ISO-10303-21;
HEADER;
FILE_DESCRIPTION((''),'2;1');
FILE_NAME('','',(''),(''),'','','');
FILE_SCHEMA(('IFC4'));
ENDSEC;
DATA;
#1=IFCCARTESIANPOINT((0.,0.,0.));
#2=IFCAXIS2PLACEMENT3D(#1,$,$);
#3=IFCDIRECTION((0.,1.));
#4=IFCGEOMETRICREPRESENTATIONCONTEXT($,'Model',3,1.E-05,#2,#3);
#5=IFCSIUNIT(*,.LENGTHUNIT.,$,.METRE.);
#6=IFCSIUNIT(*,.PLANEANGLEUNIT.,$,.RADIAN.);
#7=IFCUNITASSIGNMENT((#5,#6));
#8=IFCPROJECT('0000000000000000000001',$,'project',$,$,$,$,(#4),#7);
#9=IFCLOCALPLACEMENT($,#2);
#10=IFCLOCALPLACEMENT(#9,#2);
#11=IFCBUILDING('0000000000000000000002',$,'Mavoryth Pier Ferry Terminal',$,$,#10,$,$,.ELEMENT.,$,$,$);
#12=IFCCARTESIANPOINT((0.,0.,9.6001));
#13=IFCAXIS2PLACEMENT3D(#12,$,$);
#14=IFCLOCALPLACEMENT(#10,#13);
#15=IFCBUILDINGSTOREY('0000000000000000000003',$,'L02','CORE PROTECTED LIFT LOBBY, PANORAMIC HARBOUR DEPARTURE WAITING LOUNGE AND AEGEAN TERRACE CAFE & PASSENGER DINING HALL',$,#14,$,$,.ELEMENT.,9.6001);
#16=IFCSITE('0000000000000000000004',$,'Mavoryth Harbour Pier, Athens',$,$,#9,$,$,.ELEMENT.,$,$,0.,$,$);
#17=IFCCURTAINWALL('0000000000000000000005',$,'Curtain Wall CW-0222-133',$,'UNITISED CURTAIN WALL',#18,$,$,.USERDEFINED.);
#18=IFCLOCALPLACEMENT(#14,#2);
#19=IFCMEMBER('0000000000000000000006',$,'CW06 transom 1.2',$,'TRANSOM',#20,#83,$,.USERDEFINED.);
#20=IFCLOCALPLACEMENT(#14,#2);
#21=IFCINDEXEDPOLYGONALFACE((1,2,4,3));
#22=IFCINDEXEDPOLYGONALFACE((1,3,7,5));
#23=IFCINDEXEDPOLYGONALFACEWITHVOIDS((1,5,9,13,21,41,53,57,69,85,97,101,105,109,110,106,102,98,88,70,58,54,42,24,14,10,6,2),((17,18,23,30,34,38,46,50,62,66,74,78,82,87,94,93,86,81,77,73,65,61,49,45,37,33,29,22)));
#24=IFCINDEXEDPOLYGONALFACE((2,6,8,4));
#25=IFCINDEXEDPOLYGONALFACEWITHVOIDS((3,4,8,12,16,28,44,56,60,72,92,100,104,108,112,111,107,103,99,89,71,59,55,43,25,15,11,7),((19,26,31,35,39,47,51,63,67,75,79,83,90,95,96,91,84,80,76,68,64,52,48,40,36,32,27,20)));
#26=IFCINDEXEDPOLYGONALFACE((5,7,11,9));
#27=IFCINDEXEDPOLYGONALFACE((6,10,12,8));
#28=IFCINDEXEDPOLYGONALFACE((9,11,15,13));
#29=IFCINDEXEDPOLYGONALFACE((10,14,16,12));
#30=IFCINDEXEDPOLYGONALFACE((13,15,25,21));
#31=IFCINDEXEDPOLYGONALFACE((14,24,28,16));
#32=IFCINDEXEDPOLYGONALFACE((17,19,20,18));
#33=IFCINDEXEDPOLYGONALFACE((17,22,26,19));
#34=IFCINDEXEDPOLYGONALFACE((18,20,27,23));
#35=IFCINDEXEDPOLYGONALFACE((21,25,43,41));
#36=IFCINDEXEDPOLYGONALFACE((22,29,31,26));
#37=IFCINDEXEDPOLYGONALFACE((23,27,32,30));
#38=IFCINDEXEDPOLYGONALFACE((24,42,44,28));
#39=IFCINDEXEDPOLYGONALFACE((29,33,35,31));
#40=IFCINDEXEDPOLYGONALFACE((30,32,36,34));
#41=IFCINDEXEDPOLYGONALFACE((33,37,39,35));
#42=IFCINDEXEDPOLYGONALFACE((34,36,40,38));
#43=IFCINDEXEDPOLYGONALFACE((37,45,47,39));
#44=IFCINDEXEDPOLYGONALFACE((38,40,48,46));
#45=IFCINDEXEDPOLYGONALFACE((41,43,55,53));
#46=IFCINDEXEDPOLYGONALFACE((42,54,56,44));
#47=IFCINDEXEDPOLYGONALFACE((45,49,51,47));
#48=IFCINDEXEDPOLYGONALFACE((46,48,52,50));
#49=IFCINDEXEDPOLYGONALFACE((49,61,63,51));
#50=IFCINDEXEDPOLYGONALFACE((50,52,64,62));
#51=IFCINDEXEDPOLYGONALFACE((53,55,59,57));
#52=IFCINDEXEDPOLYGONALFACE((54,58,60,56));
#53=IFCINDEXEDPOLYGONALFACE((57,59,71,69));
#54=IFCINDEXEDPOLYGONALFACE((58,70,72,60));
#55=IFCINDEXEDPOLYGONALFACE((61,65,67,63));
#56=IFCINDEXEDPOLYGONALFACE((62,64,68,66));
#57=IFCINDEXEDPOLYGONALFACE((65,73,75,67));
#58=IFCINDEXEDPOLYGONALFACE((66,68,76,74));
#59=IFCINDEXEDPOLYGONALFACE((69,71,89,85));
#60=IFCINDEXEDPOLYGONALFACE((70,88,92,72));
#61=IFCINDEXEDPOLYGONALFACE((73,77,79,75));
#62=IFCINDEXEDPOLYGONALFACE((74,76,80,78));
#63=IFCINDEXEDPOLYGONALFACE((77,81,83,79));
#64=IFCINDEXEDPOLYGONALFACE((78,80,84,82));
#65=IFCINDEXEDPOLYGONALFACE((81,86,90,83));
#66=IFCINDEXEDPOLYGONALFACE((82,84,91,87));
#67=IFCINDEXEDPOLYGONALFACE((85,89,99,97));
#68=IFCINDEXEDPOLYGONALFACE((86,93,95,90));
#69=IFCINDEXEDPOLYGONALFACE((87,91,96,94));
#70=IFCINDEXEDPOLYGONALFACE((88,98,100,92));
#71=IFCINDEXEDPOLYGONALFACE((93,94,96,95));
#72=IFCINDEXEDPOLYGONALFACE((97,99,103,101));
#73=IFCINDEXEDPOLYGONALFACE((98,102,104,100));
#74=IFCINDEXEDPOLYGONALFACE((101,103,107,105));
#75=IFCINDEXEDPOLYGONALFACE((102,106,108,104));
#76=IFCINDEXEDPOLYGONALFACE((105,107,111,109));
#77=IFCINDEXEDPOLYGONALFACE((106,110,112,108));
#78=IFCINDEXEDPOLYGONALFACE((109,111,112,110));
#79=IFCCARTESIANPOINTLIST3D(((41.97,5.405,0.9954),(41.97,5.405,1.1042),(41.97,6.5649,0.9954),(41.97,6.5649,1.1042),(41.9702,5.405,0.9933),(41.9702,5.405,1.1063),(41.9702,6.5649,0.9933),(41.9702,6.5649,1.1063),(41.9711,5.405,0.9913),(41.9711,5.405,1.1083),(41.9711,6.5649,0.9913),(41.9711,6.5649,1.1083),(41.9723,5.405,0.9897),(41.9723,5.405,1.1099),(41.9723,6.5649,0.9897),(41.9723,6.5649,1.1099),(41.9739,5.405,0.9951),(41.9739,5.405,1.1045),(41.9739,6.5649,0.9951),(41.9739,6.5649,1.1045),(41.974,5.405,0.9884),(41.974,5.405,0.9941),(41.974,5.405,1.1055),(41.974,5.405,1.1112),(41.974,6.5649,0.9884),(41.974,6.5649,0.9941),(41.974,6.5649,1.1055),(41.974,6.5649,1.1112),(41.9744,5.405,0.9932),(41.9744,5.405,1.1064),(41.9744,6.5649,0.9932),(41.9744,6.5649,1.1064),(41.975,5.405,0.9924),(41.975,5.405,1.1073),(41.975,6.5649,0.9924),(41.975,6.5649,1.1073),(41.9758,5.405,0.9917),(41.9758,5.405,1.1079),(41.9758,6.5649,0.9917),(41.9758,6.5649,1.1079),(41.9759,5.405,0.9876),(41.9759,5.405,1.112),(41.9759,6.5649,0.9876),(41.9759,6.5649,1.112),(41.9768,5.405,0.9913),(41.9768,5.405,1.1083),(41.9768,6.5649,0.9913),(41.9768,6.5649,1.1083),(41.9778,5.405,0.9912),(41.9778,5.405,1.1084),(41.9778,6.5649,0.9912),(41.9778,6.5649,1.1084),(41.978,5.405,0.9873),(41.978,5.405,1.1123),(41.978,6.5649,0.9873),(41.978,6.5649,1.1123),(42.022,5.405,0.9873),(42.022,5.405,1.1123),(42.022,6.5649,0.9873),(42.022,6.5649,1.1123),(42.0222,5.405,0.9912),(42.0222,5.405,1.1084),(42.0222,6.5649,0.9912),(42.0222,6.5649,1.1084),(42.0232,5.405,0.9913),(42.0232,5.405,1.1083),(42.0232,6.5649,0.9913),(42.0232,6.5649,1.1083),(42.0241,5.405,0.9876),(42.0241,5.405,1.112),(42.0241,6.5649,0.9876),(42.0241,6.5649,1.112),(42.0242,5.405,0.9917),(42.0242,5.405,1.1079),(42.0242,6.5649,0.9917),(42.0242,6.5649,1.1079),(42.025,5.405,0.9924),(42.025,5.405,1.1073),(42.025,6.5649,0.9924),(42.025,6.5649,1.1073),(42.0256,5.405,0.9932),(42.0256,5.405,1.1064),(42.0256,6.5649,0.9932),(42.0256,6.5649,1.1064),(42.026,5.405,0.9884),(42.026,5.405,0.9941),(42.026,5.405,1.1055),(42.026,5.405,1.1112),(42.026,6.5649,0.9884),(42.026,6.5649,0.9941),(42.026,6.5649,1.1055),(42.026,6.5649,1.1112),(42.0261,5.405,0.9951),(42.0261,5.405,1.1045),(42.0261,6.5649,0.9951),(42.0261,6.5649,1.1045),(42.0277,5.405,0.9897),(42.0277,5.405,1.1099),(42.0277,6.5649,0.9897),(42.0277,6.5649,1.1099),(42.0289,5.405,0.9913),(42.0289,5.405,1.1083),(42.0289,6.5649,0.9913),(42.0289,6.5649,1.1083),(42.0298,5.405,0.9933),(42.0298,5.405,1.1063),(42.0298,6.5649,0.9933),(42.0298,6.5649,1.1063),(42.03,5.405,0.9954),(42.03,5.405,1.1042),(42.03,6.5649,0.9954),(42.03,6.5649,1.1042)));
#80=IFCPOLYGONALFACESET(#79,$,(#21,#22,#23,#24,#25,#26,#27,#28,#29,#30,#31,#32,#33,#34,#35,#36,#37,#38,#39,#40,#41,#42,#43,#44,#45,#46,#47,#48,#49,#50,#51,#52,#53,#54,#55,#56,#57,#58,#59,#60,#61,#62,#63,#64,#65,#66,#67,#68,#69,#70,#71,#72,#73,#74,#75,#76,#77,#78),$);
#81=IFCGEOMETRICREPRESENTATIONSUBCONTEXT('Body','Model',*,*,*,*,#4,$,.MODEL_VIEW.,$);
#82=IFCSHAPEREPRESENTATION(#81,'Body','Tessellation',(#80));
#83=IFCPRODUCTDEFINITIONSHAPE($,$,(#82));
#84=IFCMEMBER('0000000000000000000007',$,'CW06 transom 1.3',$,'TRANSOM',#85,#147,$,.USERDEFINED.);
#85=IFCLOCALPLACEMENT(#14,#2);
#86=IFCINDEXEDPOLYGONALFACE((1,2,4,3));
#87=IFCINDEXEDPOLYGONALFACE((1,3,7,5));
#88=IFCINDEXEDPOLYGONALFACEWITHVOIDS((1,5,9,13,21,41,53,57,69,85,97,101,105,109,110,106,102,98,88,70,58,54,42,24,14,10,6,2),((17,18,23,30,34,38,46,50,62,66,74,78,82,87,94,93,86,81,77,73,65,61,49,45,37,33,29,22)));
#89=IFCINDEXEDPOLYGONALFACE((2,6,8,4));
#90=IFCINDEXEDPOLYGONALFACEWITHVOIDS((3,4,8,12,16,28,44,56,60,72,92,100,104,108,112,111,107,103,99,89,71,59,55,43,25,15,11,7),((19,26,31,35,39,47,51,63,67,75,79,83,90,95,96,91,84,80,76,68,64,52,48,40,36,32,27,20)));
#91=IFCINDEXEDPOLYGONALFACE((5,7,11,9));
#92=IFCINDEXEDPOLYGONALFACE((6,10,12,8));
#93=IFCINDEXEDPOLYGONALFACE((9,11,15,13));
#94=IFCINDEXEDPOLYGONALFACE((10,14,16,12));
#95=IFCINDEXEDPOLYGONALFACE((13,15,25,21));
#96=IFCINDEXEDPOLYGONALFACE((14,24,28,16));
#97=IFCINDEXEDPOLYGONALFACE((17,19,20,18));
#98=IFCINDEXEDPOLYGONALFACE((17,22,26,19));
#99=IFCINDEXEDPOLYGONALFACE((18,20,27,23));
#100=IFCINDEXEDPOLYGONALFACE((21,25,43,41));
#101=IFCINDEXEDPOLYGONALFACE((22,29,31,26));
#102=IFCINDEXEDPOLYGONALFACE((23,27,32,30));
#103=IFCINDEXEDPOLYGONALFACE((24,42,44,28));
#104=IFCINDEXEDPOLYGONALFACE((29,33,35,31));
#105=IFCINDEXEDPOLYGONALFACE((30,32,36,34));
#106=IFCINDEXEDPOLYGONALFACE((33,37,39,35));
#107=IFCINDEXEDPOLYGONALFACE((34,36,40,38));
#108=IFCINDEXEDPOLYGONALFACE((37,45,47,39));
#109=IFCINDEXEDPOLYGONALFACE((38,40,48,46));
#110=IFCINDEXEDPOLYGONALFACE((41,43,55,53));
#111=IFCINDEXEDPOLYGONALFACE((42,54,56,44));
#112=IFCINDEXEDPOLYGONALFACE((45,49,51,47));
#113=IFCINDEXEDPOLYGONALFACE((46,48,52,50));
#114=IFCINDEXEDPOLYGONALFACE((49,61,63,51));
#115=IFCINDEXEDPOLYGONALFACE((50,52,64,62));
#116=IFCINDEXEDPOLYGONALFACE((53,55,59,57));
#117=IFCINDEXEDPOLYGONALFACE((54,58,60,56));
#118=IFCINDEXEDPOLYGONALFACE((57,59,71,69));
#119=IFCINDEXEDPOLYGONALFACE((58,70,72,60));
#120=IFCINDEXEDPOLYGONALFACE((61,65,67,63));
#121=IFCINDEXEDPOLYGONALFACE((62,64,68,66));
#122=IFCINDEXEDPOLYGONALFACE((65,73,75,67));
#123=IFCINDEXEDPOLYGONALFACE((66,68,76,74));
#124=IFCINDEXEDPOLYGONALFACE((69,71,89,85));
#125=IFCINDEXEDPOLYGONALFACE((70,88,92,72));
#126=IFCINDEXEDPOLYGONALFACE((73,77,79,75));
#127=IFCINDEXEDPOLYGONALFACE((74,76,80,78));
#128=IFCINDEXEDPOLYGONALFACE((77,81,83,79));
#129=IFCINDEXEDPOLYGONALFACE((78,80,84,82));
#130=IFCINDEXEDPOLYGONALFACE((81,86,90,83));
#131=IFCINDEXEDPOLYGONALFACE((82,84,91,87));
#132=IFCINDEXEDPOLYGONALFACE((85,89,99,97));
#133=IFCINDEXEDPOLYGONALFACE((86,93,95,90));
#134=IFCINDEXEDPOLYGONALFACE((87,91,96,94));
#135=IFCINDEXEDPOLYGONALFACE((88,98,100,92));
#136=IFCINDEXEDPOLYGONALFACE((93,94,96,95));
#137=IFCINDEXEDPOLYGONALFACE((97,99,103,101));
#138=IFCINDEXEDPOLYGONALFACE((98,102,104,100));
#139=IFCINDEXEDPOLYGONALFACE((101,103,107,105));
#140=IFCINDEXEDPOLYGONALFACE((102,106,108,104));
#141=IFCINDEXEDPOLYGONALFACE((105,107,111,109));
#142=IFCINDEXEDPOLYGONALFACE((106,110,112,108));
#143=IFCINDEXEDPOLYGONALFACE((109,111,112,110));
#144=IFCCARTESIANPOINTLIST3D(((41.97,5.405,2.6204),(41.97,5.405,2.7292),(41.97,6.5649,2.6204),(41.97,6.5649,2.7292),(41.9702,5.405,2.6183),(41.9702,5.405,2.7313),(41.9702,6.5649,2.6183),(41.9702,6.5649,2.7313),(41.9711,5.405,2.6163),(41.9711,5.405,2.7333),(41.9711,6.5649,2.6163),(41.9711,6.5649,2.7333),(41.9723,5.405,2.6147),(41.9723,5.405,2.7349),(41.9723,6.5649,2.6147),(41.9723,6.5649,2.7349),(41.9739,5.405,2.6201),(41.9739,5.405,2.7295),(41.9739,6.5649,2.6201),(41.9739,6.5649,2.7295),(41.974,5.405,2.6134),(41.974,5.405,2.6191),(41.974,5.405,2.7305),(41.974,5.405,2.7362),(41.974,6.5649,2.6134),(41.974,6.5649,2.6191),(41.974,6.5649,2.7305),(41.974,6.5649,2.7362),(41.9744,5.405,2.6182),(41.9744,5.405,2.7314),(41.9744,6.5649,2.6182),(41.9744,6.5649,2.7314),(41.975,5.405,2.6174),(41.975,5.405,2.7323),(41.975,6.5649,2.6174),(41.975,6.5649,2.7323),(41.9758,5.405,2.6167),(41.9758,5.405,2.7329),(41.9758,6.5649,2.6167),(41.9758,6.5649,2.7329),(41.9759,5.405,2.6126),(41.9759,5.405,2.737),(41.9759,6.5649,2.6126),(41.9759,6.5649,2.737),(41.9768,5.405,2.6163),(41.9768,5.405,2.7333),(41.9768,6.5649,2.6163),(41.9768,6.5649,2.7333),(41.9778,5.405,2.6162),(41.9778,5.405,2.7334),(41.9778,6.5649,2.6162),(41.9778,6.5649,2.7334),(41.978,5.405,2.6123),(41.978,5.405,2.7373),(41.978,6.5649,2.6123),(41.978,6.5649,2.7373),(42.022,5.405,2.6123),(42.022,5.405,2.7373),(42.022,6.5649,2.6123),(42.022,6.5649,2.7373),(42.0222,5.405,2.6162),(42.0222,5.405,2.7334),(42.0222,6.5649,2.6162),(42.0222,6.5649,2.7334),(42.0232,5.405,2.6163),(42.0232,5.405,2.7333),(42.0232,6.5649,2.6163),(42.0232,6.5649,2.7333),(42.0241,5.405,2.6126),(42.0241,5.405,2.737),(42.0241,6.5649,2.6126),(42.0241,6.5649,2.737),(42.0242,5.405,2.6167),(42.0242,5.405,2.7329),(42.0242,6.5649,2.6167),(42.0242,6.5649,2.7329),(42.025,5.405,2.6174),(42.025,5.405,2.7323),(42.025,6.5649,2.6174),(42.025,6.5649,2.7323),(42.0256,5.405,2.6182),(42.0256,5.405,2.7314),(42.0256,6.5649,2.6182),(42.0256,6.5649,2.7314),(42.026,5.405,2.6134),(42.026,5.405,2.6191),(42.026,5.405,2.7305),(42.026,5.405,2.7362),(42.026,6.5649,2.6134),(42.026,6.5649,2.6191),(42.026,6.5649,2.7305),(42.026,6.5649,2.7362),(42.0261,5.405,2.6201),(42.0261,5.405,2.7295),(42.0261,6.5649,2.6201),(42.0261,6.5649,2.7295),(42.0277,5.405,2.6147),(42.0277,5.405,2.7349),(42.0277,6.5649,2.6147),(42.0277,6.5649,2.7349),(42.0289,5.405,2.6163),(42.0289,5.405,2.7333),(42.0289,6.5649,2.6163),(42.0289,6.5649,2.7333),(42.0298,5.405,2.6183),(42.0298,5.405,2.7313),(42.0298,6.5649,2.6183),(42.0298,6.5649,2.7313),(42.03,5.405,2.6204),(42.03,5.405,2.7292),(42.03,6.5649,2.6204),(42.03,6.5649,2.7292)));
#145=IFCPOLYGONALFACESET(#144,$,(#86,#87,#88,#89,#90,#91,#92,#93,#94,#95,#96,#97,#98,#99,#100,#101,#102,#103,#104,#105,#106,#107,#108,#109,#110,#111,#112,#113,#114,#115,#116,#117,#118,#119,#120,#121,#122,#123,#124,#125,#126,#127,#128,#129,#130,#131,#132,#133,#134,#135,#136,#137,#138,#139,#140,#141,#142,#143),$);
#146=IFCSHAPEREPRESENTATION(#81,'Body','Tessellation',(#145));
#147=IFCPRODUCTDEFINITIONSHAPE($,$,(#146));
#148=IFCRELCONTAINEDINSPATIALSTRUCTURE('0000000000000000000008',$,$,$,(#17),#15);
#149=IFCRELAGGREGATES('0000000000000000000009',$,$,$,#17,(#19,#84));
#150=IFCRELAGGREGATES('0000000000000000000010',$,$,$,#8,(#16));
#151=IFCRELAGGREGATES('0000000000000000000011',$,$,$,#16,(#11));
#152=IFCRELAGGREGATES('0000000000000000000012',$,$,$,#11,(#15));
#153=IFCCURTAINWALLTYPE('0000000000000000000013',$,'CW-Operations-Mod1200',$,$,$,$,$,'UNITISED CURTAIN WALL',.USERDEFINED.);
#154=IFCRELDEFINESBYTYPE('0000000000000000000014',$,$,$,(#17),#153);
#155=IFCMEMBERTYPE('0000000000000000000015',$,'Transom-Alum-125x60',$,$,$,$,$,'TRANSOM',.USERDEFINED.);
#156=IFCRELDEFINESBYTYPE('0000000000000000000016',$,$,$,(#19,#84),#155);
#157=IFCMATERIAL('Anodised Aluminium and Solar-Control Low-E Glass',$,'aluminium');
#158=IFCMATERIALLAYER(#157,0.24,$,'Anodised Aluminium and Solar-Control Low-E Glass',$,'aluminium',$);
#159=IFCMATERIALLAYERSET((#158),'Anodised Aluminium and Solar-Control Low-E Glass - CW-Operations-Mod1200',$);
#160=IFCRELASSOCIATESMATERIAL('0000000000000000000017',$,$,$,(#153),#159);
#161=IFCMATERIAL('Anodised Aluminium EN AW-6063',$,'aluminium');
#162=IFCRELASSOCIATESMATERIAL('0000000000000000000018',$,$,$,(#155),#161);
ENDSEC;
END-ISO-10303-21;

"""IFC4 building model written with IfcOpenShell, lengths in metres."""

from ifc_helpers import new_model, si_unit, direction, frame, origin, origin_2d, place, context, subcontext, project, spatial, hollow_rectangle, extrude, material, layer, layer_set, material_profile, profile_set, type_object, element, aggregate, save


model = new_model("IFC4")

# Units and contexts
model_context = context("Model", 3, precision=1e-05, world=origin(), true_north=direction((0.0, 1.0)))
body_context = subcontext(model_context, "Body", "Model", "MODEL_VIEW")
ifc_project = project(units=[si_unit("LENGTHUNIT", "METRE"), si_unit("PLANEANGLEUNIT", "RADIAN")], contexts=[model_context])

# Site, building, storey
site_placement = place(None, origin())
site = spatial("IfcSite", under=ifc_project, at=site_placement, Name="Mavoryth Harbour Pier, Athens", CompositionType="ELEMENT", RefElevation=0.0)
building_placement = place(site_placement, origin())
building = spatial("IfcBuilding", under=site, at=building_placement, Name="Mavoryth Pier Ferry Terminal", CompositionType="ELEMENT")
storey_placement = place(building_placement, frame((0.0, 0.0, 9.6001)))
storey = spatial("IfcBuildingStorey", under=building, at=storey_placement, Name="L02", Description="CORE PROTECTED LIFT LOBBY, PANORAMIC HARBOUR DEPARTURE WAITING LOUNGE AND AEGEAN TERRACE CAFE & PASSENGER DINING HALL", CompositionType="ELEMENT", Elevation=9.6001)

# Curtain wall
ifc_material_1 = material(Name="Anodised Aluminium and Solar-Control Low-E Glass", Category="aluminium")
ifc_layer_1 = layer(ifc_material_1, 0.24, Name="Anodised Aluminium and Solar-Control Low-E Glass", Category="aluminium")
ifc_layer_set_1 = layer_set([ifc_layer_1], Name="Anodised Aluminium and Solar-Control Low-E Glass - CW-Operations-Mod1200")
curtain_wall_type = type_object("IfcCurtainWallType", Name="CW-Operations-Mod1200", ElementType="UNITISED CURTAIN WALL", PredefinedType="USERDEFINED", material=ifc_layer_set_1)
curtain_wall_1_placement = place(storey_placement, origin())
curtain_wall_1 = element("IfcCurtainWall", 1, at=curtain_wall_1_placement, inside=storey, type_object=curtain_wall_type, Name="Curtain Wall CW-0222-133", ObjectType="UNITISED CURTAIN WALL", PredefinedType="USERDEFINED")
ifc_material_2 = material(Name="Anodised Aluminium EN AW-6063", Category="aluminium")

# Members
ifc_material_profile_1 = material_profile(ifc_material_2, hollow_rectangle(XDim=0.0601, YDim=0.125, WallThickness=0.0039, InnerFilletRadius=0.0039, OuterFilletRadius=0.0081, at=origin_2d()), Name="AL-TRAN 125x60x4", Category="aluminium")
ifc_profile_set_1 = profile_set([ifc_material_profile_1], Name="Anodised Aluminium EN AW-6063 - AL-TRAN 125x60x4")
member_type_1 = type_object("IfcMemberType", Name="Transom-Alum-125x60", ElementType="TRANSOM", PredefinedType="USERDEFINED", material=ifc_profile_set_1)
member_1_placement = place(storey_placement, frame((42.0, 6.5649, 1.0498), z_axis=(0.0, -1.0, 0.0), x_axis=(1.0, 0.0, 0.0)))
member_1 = element("IfcMember", 2, at=member_1_placement, type_object=member_type_1, Name="CW06 transom 1.2", ObjectType="TRANSOM", PredefinedType="USERDEFINED", context=body_context, shape_type="SweptSolid", body=[
    extrude(hollow_rectangle(XDim=0.0601, YDim=0.125, WallThickness=0.0039, InnerFilletRadius=0.0039, OuterFilletRadius=0.0081, at=origin_2d()), origin(), (0.0, 0.0, 1.0), 1.1599),
])
member_2_placement = place(storey_placement, frame((42.0, 6.5649, 2.6748), z_axis=(0.0, -1.0, 0.0), x_axis=(1.0, 0.0, 0.0)))
member_2 = element("IfcMember", 3, at=member_2_placement, type_object=member_type_1, Name="CW06 transom 1.3", ObjectType="TRANSOM", PredefinedType="USERDEFINED", context=body_context, shape_type="SweptSolid", body=[
    extrude(hollow_rectangle(XDim=0.0601, YDim=0.125, WallThickness=0.0039, InnerFilletRadius=0.0039, OuterFilletRadius=0.0081, at=origin_2d()), origin(), (0.0, 0.0, 1.0), 1.1599),
])

aggregate(curtain_wall_1, [member_1, member_2])

save(model, "model.ifc")
